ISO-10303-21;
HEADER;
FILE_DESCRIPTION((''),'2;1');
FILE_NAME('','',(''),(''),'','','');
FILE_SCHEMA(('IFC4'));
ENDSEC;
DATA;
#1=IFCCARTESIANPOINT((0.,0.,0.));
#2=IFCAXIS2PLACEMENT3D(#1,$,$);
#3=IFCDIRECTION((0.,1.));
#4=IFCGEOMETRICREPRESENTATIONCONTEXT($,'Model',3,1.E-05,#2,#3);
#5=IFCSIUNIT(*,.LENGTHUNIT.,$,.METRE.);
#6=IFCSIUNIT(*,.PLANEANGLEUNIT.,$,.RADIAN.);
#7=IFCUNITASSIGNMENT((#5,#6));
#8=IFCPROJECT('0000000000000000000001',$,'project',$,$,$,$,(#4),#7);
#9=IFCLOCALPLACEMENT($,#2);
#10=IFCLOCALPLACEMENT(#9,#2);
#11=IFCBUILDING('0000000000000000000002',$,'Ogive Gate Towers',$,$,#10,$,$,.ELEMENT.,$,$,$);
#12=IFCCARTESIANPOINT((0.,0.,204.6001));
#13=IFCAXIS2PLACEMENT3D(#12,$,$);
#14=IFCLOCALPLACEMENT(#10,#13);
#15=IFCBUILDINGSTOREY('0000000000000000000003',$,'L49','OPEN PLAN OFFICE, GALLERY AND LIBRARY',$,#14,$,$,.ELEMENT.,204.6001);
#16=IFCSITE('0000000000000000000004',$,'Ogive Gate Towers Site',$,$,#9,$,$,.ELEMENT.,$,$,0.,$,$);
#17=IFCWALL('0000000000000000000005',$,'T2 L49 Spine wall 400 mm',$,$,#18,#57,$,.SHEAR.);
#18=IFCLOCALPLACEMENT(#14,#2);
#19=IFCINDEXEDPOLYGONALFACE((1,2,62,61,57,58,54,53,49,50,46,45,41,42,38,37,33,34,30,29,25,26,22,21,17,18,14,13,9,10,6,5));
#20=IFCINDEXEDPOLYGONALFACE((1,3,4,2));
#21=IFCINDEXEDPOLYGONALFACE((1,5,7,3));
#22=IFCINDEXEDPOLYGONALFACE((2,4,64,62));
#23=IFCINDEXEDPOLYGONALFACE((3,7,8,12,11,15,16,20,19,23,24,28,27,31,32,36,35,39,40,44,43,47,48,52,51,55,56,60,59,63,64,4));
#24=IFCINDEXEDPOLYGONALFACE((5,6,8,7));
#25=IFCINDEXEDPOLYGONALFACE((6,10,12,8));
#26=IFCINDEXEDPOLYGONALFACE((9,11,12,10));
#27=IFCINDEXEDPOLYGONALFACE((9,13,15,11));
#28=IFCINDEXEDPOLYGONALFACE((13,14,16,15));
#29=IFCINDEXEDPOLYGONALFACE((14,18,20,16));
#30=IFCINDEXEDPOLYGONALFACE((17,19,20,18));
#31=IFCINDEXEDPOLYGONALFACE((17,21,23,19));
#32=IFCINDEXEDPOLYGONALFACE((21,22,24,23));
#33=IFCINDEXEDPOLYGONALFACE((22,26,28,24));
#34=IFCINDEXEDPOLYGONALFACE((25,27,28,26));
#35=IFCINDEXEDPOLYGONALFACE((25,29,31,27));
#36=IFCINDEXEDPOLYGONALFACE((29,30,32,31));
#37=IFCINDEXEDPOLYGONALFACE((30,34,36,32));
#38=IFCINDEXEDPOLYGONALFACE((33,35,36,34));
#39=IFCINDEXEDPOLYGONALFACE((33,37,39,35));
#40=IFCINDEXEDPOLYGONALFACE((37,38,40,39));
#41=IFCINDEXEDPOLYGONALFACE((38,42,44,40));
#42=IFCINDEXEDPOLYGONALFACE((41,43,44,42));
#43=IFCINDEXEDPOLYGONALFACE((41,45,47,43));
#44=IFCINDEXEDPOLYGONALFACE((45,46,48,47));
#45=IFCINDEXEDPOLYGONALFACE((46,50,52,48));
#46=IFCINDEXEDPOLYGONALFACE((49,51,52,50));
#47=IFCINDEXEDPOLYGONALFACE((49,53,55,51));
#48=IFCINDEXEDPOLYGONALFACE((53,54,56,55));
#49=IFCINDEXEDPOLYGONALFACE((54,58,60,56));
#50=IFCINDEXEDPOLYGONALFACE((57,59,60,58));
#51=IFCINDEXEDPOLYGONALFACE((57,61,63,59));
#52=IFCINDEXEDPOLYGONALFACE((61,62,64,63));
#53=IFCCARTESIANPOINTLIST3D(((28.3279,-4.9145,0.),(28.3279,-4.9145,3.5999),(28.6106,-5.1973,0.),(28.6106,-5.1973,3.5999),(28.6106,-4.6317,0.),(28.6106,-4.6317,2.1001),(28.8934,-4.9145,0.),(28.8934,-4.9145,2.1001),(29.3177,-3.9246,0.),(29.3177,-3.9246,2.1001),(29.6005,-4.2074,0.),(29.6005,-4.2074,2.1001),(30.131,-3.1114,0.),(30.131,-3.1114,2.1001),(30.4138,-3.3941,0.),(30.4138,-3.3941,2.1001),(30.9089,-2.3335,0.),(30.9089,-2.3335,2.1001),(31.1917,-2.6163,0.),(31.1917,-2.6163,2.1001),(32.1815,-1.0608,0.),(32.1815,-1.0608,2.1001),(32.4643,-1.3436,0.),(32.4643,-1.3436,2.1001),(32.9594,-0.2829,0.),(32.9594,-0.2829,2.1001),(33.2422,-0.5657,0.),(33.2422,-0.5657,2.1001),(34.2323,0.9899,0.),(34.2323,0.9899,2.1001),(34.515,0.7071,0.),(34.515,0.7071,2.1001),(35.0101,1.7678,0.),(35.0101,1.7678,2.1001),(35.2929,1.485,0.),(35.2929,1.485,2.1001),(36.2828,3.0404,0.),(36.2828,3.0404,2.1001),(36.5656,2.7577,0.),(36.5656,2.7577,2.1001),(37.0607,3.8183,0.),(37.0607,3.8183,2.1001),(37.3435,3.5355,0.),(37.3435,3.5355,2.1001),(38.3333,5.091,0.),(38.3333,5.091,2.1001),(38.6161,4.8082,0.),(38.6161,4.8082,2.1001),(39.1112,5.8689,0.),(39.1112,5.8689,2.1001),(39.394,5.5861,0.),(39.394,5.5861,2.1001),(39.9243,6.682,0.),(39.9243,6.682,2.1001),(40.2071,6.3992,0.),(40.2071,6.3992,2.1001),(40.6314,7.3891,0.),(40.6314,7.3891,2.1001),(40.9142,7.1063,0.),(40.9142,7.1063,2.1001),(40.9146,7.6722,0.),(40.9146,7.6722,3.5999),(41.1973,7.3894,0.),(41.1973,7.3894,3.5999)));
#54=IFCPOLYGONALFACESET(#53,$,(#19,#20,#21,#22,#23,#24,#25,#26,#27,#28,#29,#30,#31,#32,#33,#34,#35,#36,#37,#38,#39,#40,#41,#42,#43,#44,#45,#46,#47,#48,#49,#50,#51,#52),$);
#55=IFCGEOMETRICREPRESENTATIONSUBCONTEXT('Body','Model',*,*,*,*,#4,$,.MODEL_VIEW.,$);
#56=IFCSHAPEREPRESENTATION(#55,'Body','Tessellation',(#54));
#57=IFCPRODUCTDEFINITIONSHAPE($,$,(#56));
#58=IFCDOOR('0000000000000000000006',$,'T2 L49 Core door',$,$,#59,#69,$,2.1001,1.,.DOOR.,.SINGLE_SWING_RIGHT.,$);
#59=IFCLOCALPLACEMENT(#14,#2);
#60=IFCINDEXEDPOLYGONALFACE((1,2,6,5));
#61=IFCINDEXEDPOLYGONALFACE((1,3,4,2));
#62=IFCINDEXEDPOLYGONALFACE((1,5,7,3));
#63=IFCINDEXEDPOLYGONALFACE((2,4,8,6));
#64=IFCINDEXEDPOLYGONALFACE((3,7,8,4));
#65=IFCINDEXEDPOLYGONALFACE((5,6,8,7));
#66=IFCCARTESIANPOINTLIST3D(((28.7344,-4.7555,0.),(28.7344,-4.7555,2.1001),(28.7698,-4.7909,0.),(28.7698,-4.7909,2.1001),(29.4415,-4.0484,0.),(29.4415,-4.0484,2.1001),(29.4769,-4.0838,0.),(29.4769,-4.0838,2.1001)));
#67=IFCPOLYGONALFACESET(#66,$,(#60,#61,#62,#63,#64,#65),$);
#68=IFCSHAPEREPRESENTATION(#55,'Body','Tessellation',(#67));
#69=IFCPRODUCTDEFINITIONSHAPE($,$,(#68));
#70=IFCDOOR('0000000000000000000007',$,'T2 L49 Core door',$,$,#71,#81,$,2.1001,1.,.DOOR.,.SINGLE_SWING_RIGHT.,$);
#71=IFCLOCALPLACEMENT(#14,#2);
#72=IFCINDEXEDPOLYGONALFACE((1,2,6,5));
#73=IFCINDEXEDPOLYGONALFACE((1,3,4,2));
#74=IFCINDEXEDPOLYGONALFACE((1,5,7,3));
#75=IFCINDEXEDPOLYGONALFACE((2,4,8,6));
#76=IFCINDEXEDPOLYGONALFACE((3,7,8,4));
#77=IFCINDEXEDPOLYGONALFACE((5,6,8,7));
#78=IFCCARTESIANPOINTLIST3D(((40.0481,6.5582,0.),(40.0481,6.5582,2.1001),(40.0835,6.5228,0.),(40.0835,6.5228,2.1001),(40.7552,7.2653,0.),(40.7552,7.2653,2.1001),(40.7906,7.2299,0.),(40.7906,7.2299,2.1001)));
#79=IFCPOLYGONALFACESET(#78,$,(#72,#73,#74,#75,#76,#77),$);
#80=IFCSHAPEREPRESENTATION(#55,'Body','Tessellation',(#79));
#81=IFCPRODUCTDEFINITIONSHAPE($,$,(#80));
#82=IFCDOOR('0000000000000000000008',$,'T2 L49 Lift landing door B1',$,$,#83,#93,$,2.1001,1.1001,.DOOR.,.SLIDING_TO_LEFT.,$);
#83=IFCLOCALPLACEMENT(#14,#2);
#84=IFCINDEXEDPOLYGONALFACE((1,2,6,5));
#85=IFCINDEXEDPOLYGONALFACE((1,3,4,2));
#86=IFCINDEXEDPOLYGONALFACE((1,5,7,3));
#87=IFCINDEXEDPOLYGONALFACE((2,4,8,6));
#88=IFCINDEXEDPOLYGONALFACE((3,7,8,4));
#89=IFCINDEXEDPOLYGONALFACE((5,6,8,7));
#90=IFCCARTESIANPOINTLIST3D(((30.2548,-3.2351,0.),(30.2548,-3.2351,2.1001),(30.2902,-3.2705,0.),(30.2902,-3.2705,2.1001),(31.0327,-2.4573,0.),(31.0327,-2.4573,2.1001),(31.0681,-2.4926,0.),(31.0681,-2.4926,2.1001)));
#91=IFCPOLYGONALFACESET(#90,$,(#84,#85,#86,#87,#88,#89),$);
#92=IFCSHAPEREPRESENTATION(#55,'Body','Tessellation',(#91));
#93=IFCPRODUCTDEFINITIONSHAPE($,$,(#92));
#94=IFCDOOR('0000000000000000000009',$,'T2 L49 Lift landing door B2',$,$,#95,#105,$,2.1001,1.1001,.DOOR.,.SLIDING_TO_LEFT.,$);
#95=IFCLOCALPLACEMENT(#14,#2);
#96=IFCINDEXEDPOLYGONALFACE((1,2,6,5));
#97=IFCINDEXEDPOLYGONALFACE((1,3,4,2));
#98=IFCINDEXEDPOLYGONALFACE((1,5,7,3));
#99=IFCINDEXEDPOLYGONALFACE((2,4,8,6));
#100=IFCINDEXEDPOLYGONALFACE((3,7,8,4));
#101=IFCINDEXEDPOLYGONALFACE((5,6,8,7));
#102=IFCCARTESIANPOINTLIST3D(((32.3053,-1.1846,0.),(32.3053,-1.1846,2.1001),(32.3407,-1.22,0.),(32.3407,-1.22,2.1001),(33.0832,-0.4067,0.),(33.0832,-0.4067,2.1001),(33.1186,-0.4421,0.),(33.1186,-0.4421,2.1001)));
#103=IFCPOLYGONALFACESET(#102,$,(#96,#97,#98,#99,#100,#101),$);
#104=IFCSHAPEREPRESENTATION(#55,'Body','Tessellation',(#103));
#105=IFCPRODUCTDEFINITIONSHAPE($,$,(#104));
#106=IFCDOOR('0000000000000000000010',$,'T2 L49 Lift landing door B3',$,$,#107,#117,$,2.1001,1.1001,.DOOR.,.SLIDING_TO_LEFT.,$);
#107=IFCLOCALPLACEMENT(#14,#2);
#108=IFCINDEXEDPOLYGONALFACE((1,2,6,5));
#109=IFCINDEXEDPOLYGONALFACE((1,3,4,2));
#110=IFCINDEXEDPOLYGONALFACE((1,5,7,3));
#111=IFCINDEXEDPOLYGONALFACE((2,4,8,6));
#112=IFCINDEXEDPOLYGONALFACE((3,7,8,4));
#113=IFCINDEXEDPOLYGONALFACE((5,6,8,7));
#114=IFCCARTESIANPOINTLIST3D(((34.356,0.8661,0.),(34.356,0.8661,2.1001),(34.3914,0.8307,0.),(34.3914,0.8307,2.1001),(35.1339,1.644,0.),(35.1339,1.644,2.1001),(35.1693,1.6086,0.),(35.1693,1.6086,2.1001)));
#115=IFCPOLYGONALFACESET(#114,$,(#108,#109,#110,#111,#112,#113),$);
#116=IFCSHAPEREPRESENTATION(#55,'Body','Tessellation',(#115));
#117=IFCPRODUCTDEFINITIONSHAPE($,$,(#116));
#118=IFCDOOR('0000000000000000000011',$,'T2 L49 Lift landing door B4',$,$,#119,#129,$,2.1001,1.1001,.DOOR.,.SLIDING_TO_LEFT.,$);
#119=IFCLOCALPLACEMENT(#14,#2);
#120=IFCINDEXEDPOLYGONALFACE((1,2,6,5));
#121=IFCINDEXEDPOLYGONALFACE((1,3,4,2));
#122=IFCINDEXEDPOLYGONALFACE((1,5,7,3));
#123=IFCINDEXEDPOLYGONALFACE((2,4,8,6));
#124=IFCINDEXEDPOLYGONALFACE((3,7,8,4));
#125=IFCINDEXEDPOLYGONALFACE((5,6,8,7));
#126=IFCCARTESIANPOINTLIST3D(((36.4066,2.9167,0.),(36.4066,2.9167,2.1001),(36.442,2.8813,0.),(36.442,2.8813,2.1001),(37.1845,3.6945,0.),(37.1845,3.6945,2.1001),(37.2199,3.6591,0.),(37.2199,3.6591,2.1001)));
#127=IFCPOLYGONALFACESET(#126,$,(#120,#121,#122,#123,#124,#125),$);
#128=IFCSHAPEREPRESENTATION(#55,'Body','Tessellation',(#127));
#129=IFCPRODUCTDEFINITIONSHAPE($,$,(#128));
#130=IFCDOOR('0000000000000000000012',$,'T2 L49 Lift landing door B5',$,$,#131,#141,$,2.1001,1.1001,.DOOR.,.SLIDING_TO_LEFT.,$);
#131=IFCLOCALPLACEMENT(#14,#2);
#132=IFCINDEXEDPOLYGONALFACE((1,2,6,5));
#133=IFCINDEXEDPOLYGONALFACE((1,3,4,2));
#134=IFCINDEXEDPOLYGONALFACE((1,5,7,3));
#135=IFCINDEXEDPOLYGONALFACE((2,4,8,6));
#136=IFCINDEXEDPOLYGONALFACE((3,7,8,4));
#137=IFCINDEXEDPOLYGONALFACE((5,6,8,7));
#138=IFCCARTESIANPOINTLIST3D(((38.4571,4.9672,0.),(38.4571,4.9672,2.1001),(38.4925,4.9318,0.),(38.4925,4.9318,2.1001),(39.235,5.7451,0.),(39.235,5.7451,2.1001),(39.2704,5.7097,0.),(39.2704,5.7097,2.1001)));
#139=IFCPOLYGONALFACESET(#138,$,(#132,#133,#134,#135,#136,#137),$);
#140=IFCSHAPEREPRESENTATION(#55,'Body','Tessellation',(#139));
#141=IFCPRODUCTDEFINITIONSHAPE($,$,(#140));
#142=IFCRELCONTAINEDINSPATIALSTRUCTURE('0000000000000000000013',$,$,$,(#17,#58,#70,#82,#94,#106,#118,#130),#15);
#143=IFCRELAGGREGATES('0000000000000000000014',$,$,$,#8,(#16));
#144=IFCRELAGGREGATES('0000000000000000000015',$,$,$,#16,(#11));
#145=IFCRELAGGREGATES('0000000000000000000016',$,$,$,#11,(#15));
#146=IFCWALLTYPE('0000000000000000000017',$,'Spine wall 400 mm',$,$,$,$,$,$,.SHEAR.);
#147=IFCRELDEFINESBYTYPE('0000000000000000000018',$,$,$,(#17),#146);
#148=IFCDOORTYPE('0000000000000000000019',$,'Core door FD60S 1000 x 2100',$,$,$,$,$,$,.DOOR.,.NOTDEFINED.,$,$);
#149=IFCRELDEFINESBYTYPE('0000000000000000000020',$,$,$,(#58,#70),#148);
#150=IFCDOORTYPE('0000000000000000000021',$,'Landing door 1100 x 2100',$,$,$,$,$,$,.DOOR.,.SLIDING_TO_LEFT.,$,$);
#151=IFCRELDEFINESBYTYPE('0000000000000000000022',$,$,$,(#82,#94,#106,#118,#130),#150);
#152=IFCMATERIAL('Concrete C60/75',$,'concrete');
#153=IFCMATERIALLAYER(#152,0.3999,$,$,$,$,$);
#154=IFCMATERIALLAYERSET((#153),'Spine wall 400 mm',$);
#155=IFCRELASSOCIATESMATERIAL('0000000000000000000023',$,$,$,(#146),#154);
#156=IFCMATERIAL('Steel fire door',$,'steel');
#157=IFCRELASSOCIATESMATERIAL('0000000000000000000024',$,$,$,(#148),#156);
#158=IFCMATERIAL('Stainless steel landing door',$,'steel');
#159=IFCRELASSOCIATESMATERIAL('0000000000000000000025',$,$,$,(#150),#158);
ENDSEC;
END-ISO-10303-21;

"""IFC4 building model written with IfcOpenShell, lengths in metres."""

from ifc_helpers import new_model, si_unit, direction, frame, frame_2d, origin, place, context, subcontext, project, spatial, rectangle, extrude, material, layer, layer_set, type_object, element, fill, save


model = new_model("IFC4")

# Units and contexts
model_context = context("Model", 3, precision=1e-05, world=origin(), true_north=direction((0.0, 1.0)))
body_context = subcontext(model_context, "Body", "Model", "MODEL_VIEW")
ifc_project = project(units=[si_unit("LENGTHUNIT", "METRE"), si_unit("PLANEANGLEUNIT", "RADIAN")], contexts=[model_context])

# Site, building, storey
site_placement = place(None, origin())
site = spatial("IfcSite", under=ifc_project, at=site_placement, Name="Ogive Gate Towers Site", CompositionType="ELEMENT", RefElevation=0.0)
building_placement = place(site_placement, origin())
building = spatial("IfcBuilding", under=site, at=building_placement, Name="Ogive Gate Towers", CompositionType="ELEMENT")
storey_placement = place(building_placement, frame((0.0, 0.0, 204.6001)))
storey = spatial("IfcBuildingStorey", under=building, at=storey_placement, Name="L49", Description="OPEN PLAN OFFICE, GALLERY AND LIBRARY", CompositionType="ELEMENT", Elevation=204.6001)

# Shared definitions
ifc_material_1 = material(Name="Concrete C60/75", Category="concrete")

# Wall, openings, doors
ifc_layer_1 = layer(ifc_material_1, 0.3999)
ifc_layer_set_1 = layer_set([ifc_layer_1], Name="Spine wall 400 mm")
wall_type_1 = type_object("IfcWallType", Name="Spine wall 400 mm", PredefinedType="SHEAR", material=ifc_layer_set_1)
ifc_material_2 = material(Name="Steel fire door", Category="steel")
door_type_1 = type_object("IfcDoorType", Name="Core door FD60S 1000 x 2100", OperationType="NOTDEFINED", PredefinedType="DOOR", material=ifc_material_2)
ifc_material_3 = material(Name="Stainless steel landing door", Category="steel")
door_type_2 = type_object("IfcDoorType", Name="Landing door 1100 x 2100", OperationType="SLIDING_TO_LEFT", PredefinedType="DOOR", material=ifc_material_3)
wall_1_placement = place(storey_placement, frame((28.4692, -5.0559, 0.0), z_axis=(0.0, 0.0, 1.0), x_axis=(0.707107, 0.707107, 0.0)))
wall_1 = element("IfcWall", 1, at=wall_1_placement, inside=storey, type_object=wall_type_1, Name="T2 L49 Spine wall 400 mm", PredefinedType="SHEAR", context=body_context, shape_type="SweptSolid", body=[
    extrude(rectangle(XDim=17.8003, YDim=0.3999, at=frame_2d((8.9001, 0.0))), origin(), (0.0, 0.0, 1.0), 3.5999),
])
opening_1_placement = place(wall_1_placement, frame((0.3999, 0.0, 0.0)))
opening_1 = element("IfcOpeningElement", 2, at=opening_1_placement, cuts=wall_1, PredefinedType="OPENING", context=body_context, shape_type="SweptSolid", body=[
    extrude(rectangle(XDim=1.0, YDim=2.1001, at=frame_2d((0.5, 1.05))), frame((0.0, 0.21, 0.0), z_axis=(0.0, -1.0, 0.0), x_axis=(1.0, 0.0, 0.0)), (0.0, 0.0, 1.0), 0.4199),
])
opening_2_placement = place(wall_1_placement, frame((2.55, 0.0, 0.0)))
opening_2 = element("IfcOpeningElement", 3, at=opening_2_placement, cuts=wall_1, PredefinedType="OPENING", context=body_context, shape_type="SweptSolid", body=[
    extrude(rectangle(XDim=1.1001, YDim=2.1001, at=frame_2d((0.55, 1.05))), frame((0.0, 0.21, 0.0), z_axis=(0.0, -1.0, 0.0), x_axis=(1.0, 0.0, 0.0)), (0.0, 0.0, 1.0), 0.4199),
])
opening_3_placement = place(wall_1_placement, frame((5.45, 0.0, 0.0)))
opening_3 = element("IfcOpeningElement", 4, at=opening_3_placement, cuts=wall_1, PredefinedType="OPENING", context=body_context, shape_type="SweptSolid", body=[
    extrude(rectangle(XDim=1.1001, YDim=2.1001, at=frame_2d((0.55, 1.05))), frame((0.0, 0.21, 0.0), z_axis=(0.0, -1.0, 0.0), x_axis=(1.0, 0.0, 0.0)), (0.0, 0.0, 1.0), 0.4199),
])
opening_4_placement = place(wall_1_placement, frame((8.3501, 0.0, 0.0)))
opening_4 = element("IfcOpeningElement", 5, at=opening_4_placement, cuts=wall_1, PredefinedType="OPENING", context=body_context, shape_type="SweptSolid", body=[
    extrude(rectangle(XDim=1.1001, YDim=2.1001, at=frame_2d((0.55, 1.05))), frame((0.0, 0.21, 0.0), z_axis=(0.0, -1.0, 0.0), x_axis=(1.0, 0.0, 0.0)), (0.0, 0.0, 1.0), 0.4199),
])
opening_5_placement = place(wall_1_placement, frame((11.25, 0.0, 0.0)))
opening_5 = element("IfcOpeningElement", 6, at=opening_5_placement, cuts=wall_1, PredefinedType="OPENING", context=body_context, shape_type="SweptSolid", body=[
    extrude(rectangle(XDim=1.1001, YDim=2.1001, at=frame_2d((0.55, 1.05))), frame((0.0, 0.21, 0.0), z_axis=(0.0, -1.0, 0.0), x_axis=(1.0, 0.0, 0.0)), (0.0, 0.0, 1.0), 0.4199),
])
opening_6_placement = place(wall_1_placement, frame((14.1499, 0.0, 0.0)))
opening_6 = element("IfcOpeningElement", 7, at=opening_6_placement, cuts=wall_1, PredefinedType="OPENING", context=body_context, shape_type="SweptSolid", body=[
    extrude(rectangle(XDim=1.1001, YDim=2.1001, at=frame_2d((0.55, 1.05))), frame((0.0, 0.21, 0.0), z_axis=(0.0, -1.0, 0.0), x_axis=(1.0, 0.0, 0.0)), (0.0, 0.0, 1.0), 0.4199),
])
opening_7_placement = place(wall_1_placement, frame((16.3999, 0.0, 0.0)))
opening_7 = element("IfcOpeningElement", 8, at=opening_7_placement, cuts=wall_1, PredefinedType="OPENING", context=body_context, shape_type="SweptSolid", body=[
    extrude(rectangle(XDim=1.0, YDim=2.1001, at=frame_2d((0.5, 1.05))), frame((0.0, 0.21, 0.0), z_axis=(0.0, -1.0, 0.0), x_axis=(1.0, 0.0, 0.0)), (0.0, 0.0, 1.0), 0.4199),
])
door_1_placement = place(opening_1_placement, origin())
door_1 = element("IfcDoor", 9, at=door_1_placement, inside=storey, type_object=door_type_1, Name="T2 L49 Core door", OperationType="SINGLE_SWING_RIGHT", OverallHeight=2.1001, OverallWidth=1.0, PredefinedType="DOOR", context=body_context, shape_type="SweptSolid", body=[
    extrude(rectangle(XDim=1.0, YDim=2.1001, at=frame_2d((0.5, 1.05))), frame((0.0, 0.0249, 0.0), z_axis=(0.0, -1.0, 0.0), x_axis=(1.0, 0.0, 0.0)), (0.0, 0.0, 1.0), 0.05),
])
fill(opening_1, door_1)
door_2_placement = place(opening_7_placement, origin())
door_2 = element("IfcDoor", 10, at=door_2_placement, inside=storey, type_object=door_type_1, Name="T2 L49 Core door", OperationType="SINGLE_SWING_RIGHT", OverallHeight=2.1001, OverallWidth=1.0, PredefinedType="DOOR", context=body_context, shape_type="SweptSolid", body=[
    extrude(rectangle(XDim=1.0, YDim=2.1001, at=frame_2d((0.5, 1.05))), frame((0.0, 0.0249, 0.0), z_axis=(0.0, -1.0, 0.0), x_axis=(1.0, 0.0, 0.0)), (0.0, 0.0, 1.0), 0.05),
])
fill(opening_7, door_2)
door_3_placement = place(opening_2_placement, origin())
door_3 = element("IfcDoor", 11, at=door_3_placement, inside=storey, type_object=door_type_2, Name="T2 L49 Lift landing door B1", OperationType="SLIDING_TO_LEFT", OverallHeight=2.1001, OverallWidth=1.1001, PredefinedType="DOOR", context=body_context, shape_type="SweptSolid", body=[
    extrude(rectangle(XDim=1.1001, YDim=2.1001, at=frame_2d((0.55, 1.05))), frame((0.0, 0.0249, 0.0), z_axis=(0.0, -1.0, 0.0), x_axis=(1.0, 0.0, 0.0)), (0.0, 0.0, 1.0), 0.05),
])
fill(opening_2, door_3)
door_4_placement = place(opening_3_placement, origin())
door_4 = element("IfcDoor", 12, at=door_4_placement, inside=storey, type_object=door_type_2, Name="T2 L49 Lift landing door B2", OperationType="SLIDING_TO_LEFT", OverallHeight=2.1001, OverallWidth=1.1001, PredefinedType="DOOR", context=body_context, shape_type="SweptSolid", body=[
    extrude(rectangle(XDim=1.1001, YDim=2.1001, at=frame_2d((0.55, 1.05))), frame((0.0, 0.0249, 0.0), z_axis=(0.0, -1.0, 0.0), x_axis=(1.0, 0.0, 0.0)), (0.0, 0.0, 1.0), 0.05),
])
fill(opening_3, door_4)
door_5_placement = place(opening_4_placement, origin())
door_5 = element("IfcDoor", 13, at=door_5_placement, inside=storey, type_object=door_type_2, Name="T2 L49 Lift landing door B3", OperationType="SLIDING_TO_LEFT", OverallHeight=2.1001, OverallWidth=1.1001, PredefinedType="DOOR", context=body_context, shape_type="SweptSolid", body=[
    extrude(rectangle(XDim=1.1001, YDim=2.1001, at=frame_2d((0.55, 1.05))), frame((0.0, 0.0249, 0.0), z_axis=(0.0, -1.0, 0.0), x_axis=(1.0, 0.0, 0.0)), (0.0, 0.0, 1.0), 0.05),
])
fill(opening_4, door_5)
door_6_placement = place(opening_5_placement, origin())
door_6 = element("IfcDoor", 14, at=door_6_placement, inside=storey, type_object=door_type_2, Name="T2 L49 Lift landing door B4", OperationType="SLIDING_TO_LEFT", OverallHeight=2.1001, OverallWidth=1.1001, PredefinedType="DOOR", context=body_context, shape_type="SweptSolid", body=[
    extrude(rectangle(XDim=1.1001, YDim=2.1001, at=frame_2d((0.55, 1.05))), frame((0.0, 0.0249, 0.0), z_axis=(0.0, -1.0, 0.0), x_axis=(1.0, 0.0, 0.0)), (0.0, 0.0, 1.0), 0.05),
])
fill(opening_5, door_6)
door_7_placement = place(opening_6_placement, origin())
door_7 = element("IfcDoor", 15, at=door_7_placement, inside=storey, type_object=door_type_2, Name="T2 L49 Lift landing door B5", OperationType="SLIDING_TO_LEFT", OverallHeight=2.1001, OverallWidth=1.1001, PredefinedType="DOOR", context=body_context, shape_type="SweptSolid", body=[
    extrude(rectangle(XDim=1.1001, YDim=2.1001, at=frame_2d((0.55, 1.05))), frame((0.0, 0.0249, 0.0), z_axis=(0.0, -1.0, 0.0), x_axis=(1.0, 0.0, 0.0)), (0.0, 0.0, 1.0), 0.05),
])
fill(opening_6, door_7)

save(model, "model.ifc")
